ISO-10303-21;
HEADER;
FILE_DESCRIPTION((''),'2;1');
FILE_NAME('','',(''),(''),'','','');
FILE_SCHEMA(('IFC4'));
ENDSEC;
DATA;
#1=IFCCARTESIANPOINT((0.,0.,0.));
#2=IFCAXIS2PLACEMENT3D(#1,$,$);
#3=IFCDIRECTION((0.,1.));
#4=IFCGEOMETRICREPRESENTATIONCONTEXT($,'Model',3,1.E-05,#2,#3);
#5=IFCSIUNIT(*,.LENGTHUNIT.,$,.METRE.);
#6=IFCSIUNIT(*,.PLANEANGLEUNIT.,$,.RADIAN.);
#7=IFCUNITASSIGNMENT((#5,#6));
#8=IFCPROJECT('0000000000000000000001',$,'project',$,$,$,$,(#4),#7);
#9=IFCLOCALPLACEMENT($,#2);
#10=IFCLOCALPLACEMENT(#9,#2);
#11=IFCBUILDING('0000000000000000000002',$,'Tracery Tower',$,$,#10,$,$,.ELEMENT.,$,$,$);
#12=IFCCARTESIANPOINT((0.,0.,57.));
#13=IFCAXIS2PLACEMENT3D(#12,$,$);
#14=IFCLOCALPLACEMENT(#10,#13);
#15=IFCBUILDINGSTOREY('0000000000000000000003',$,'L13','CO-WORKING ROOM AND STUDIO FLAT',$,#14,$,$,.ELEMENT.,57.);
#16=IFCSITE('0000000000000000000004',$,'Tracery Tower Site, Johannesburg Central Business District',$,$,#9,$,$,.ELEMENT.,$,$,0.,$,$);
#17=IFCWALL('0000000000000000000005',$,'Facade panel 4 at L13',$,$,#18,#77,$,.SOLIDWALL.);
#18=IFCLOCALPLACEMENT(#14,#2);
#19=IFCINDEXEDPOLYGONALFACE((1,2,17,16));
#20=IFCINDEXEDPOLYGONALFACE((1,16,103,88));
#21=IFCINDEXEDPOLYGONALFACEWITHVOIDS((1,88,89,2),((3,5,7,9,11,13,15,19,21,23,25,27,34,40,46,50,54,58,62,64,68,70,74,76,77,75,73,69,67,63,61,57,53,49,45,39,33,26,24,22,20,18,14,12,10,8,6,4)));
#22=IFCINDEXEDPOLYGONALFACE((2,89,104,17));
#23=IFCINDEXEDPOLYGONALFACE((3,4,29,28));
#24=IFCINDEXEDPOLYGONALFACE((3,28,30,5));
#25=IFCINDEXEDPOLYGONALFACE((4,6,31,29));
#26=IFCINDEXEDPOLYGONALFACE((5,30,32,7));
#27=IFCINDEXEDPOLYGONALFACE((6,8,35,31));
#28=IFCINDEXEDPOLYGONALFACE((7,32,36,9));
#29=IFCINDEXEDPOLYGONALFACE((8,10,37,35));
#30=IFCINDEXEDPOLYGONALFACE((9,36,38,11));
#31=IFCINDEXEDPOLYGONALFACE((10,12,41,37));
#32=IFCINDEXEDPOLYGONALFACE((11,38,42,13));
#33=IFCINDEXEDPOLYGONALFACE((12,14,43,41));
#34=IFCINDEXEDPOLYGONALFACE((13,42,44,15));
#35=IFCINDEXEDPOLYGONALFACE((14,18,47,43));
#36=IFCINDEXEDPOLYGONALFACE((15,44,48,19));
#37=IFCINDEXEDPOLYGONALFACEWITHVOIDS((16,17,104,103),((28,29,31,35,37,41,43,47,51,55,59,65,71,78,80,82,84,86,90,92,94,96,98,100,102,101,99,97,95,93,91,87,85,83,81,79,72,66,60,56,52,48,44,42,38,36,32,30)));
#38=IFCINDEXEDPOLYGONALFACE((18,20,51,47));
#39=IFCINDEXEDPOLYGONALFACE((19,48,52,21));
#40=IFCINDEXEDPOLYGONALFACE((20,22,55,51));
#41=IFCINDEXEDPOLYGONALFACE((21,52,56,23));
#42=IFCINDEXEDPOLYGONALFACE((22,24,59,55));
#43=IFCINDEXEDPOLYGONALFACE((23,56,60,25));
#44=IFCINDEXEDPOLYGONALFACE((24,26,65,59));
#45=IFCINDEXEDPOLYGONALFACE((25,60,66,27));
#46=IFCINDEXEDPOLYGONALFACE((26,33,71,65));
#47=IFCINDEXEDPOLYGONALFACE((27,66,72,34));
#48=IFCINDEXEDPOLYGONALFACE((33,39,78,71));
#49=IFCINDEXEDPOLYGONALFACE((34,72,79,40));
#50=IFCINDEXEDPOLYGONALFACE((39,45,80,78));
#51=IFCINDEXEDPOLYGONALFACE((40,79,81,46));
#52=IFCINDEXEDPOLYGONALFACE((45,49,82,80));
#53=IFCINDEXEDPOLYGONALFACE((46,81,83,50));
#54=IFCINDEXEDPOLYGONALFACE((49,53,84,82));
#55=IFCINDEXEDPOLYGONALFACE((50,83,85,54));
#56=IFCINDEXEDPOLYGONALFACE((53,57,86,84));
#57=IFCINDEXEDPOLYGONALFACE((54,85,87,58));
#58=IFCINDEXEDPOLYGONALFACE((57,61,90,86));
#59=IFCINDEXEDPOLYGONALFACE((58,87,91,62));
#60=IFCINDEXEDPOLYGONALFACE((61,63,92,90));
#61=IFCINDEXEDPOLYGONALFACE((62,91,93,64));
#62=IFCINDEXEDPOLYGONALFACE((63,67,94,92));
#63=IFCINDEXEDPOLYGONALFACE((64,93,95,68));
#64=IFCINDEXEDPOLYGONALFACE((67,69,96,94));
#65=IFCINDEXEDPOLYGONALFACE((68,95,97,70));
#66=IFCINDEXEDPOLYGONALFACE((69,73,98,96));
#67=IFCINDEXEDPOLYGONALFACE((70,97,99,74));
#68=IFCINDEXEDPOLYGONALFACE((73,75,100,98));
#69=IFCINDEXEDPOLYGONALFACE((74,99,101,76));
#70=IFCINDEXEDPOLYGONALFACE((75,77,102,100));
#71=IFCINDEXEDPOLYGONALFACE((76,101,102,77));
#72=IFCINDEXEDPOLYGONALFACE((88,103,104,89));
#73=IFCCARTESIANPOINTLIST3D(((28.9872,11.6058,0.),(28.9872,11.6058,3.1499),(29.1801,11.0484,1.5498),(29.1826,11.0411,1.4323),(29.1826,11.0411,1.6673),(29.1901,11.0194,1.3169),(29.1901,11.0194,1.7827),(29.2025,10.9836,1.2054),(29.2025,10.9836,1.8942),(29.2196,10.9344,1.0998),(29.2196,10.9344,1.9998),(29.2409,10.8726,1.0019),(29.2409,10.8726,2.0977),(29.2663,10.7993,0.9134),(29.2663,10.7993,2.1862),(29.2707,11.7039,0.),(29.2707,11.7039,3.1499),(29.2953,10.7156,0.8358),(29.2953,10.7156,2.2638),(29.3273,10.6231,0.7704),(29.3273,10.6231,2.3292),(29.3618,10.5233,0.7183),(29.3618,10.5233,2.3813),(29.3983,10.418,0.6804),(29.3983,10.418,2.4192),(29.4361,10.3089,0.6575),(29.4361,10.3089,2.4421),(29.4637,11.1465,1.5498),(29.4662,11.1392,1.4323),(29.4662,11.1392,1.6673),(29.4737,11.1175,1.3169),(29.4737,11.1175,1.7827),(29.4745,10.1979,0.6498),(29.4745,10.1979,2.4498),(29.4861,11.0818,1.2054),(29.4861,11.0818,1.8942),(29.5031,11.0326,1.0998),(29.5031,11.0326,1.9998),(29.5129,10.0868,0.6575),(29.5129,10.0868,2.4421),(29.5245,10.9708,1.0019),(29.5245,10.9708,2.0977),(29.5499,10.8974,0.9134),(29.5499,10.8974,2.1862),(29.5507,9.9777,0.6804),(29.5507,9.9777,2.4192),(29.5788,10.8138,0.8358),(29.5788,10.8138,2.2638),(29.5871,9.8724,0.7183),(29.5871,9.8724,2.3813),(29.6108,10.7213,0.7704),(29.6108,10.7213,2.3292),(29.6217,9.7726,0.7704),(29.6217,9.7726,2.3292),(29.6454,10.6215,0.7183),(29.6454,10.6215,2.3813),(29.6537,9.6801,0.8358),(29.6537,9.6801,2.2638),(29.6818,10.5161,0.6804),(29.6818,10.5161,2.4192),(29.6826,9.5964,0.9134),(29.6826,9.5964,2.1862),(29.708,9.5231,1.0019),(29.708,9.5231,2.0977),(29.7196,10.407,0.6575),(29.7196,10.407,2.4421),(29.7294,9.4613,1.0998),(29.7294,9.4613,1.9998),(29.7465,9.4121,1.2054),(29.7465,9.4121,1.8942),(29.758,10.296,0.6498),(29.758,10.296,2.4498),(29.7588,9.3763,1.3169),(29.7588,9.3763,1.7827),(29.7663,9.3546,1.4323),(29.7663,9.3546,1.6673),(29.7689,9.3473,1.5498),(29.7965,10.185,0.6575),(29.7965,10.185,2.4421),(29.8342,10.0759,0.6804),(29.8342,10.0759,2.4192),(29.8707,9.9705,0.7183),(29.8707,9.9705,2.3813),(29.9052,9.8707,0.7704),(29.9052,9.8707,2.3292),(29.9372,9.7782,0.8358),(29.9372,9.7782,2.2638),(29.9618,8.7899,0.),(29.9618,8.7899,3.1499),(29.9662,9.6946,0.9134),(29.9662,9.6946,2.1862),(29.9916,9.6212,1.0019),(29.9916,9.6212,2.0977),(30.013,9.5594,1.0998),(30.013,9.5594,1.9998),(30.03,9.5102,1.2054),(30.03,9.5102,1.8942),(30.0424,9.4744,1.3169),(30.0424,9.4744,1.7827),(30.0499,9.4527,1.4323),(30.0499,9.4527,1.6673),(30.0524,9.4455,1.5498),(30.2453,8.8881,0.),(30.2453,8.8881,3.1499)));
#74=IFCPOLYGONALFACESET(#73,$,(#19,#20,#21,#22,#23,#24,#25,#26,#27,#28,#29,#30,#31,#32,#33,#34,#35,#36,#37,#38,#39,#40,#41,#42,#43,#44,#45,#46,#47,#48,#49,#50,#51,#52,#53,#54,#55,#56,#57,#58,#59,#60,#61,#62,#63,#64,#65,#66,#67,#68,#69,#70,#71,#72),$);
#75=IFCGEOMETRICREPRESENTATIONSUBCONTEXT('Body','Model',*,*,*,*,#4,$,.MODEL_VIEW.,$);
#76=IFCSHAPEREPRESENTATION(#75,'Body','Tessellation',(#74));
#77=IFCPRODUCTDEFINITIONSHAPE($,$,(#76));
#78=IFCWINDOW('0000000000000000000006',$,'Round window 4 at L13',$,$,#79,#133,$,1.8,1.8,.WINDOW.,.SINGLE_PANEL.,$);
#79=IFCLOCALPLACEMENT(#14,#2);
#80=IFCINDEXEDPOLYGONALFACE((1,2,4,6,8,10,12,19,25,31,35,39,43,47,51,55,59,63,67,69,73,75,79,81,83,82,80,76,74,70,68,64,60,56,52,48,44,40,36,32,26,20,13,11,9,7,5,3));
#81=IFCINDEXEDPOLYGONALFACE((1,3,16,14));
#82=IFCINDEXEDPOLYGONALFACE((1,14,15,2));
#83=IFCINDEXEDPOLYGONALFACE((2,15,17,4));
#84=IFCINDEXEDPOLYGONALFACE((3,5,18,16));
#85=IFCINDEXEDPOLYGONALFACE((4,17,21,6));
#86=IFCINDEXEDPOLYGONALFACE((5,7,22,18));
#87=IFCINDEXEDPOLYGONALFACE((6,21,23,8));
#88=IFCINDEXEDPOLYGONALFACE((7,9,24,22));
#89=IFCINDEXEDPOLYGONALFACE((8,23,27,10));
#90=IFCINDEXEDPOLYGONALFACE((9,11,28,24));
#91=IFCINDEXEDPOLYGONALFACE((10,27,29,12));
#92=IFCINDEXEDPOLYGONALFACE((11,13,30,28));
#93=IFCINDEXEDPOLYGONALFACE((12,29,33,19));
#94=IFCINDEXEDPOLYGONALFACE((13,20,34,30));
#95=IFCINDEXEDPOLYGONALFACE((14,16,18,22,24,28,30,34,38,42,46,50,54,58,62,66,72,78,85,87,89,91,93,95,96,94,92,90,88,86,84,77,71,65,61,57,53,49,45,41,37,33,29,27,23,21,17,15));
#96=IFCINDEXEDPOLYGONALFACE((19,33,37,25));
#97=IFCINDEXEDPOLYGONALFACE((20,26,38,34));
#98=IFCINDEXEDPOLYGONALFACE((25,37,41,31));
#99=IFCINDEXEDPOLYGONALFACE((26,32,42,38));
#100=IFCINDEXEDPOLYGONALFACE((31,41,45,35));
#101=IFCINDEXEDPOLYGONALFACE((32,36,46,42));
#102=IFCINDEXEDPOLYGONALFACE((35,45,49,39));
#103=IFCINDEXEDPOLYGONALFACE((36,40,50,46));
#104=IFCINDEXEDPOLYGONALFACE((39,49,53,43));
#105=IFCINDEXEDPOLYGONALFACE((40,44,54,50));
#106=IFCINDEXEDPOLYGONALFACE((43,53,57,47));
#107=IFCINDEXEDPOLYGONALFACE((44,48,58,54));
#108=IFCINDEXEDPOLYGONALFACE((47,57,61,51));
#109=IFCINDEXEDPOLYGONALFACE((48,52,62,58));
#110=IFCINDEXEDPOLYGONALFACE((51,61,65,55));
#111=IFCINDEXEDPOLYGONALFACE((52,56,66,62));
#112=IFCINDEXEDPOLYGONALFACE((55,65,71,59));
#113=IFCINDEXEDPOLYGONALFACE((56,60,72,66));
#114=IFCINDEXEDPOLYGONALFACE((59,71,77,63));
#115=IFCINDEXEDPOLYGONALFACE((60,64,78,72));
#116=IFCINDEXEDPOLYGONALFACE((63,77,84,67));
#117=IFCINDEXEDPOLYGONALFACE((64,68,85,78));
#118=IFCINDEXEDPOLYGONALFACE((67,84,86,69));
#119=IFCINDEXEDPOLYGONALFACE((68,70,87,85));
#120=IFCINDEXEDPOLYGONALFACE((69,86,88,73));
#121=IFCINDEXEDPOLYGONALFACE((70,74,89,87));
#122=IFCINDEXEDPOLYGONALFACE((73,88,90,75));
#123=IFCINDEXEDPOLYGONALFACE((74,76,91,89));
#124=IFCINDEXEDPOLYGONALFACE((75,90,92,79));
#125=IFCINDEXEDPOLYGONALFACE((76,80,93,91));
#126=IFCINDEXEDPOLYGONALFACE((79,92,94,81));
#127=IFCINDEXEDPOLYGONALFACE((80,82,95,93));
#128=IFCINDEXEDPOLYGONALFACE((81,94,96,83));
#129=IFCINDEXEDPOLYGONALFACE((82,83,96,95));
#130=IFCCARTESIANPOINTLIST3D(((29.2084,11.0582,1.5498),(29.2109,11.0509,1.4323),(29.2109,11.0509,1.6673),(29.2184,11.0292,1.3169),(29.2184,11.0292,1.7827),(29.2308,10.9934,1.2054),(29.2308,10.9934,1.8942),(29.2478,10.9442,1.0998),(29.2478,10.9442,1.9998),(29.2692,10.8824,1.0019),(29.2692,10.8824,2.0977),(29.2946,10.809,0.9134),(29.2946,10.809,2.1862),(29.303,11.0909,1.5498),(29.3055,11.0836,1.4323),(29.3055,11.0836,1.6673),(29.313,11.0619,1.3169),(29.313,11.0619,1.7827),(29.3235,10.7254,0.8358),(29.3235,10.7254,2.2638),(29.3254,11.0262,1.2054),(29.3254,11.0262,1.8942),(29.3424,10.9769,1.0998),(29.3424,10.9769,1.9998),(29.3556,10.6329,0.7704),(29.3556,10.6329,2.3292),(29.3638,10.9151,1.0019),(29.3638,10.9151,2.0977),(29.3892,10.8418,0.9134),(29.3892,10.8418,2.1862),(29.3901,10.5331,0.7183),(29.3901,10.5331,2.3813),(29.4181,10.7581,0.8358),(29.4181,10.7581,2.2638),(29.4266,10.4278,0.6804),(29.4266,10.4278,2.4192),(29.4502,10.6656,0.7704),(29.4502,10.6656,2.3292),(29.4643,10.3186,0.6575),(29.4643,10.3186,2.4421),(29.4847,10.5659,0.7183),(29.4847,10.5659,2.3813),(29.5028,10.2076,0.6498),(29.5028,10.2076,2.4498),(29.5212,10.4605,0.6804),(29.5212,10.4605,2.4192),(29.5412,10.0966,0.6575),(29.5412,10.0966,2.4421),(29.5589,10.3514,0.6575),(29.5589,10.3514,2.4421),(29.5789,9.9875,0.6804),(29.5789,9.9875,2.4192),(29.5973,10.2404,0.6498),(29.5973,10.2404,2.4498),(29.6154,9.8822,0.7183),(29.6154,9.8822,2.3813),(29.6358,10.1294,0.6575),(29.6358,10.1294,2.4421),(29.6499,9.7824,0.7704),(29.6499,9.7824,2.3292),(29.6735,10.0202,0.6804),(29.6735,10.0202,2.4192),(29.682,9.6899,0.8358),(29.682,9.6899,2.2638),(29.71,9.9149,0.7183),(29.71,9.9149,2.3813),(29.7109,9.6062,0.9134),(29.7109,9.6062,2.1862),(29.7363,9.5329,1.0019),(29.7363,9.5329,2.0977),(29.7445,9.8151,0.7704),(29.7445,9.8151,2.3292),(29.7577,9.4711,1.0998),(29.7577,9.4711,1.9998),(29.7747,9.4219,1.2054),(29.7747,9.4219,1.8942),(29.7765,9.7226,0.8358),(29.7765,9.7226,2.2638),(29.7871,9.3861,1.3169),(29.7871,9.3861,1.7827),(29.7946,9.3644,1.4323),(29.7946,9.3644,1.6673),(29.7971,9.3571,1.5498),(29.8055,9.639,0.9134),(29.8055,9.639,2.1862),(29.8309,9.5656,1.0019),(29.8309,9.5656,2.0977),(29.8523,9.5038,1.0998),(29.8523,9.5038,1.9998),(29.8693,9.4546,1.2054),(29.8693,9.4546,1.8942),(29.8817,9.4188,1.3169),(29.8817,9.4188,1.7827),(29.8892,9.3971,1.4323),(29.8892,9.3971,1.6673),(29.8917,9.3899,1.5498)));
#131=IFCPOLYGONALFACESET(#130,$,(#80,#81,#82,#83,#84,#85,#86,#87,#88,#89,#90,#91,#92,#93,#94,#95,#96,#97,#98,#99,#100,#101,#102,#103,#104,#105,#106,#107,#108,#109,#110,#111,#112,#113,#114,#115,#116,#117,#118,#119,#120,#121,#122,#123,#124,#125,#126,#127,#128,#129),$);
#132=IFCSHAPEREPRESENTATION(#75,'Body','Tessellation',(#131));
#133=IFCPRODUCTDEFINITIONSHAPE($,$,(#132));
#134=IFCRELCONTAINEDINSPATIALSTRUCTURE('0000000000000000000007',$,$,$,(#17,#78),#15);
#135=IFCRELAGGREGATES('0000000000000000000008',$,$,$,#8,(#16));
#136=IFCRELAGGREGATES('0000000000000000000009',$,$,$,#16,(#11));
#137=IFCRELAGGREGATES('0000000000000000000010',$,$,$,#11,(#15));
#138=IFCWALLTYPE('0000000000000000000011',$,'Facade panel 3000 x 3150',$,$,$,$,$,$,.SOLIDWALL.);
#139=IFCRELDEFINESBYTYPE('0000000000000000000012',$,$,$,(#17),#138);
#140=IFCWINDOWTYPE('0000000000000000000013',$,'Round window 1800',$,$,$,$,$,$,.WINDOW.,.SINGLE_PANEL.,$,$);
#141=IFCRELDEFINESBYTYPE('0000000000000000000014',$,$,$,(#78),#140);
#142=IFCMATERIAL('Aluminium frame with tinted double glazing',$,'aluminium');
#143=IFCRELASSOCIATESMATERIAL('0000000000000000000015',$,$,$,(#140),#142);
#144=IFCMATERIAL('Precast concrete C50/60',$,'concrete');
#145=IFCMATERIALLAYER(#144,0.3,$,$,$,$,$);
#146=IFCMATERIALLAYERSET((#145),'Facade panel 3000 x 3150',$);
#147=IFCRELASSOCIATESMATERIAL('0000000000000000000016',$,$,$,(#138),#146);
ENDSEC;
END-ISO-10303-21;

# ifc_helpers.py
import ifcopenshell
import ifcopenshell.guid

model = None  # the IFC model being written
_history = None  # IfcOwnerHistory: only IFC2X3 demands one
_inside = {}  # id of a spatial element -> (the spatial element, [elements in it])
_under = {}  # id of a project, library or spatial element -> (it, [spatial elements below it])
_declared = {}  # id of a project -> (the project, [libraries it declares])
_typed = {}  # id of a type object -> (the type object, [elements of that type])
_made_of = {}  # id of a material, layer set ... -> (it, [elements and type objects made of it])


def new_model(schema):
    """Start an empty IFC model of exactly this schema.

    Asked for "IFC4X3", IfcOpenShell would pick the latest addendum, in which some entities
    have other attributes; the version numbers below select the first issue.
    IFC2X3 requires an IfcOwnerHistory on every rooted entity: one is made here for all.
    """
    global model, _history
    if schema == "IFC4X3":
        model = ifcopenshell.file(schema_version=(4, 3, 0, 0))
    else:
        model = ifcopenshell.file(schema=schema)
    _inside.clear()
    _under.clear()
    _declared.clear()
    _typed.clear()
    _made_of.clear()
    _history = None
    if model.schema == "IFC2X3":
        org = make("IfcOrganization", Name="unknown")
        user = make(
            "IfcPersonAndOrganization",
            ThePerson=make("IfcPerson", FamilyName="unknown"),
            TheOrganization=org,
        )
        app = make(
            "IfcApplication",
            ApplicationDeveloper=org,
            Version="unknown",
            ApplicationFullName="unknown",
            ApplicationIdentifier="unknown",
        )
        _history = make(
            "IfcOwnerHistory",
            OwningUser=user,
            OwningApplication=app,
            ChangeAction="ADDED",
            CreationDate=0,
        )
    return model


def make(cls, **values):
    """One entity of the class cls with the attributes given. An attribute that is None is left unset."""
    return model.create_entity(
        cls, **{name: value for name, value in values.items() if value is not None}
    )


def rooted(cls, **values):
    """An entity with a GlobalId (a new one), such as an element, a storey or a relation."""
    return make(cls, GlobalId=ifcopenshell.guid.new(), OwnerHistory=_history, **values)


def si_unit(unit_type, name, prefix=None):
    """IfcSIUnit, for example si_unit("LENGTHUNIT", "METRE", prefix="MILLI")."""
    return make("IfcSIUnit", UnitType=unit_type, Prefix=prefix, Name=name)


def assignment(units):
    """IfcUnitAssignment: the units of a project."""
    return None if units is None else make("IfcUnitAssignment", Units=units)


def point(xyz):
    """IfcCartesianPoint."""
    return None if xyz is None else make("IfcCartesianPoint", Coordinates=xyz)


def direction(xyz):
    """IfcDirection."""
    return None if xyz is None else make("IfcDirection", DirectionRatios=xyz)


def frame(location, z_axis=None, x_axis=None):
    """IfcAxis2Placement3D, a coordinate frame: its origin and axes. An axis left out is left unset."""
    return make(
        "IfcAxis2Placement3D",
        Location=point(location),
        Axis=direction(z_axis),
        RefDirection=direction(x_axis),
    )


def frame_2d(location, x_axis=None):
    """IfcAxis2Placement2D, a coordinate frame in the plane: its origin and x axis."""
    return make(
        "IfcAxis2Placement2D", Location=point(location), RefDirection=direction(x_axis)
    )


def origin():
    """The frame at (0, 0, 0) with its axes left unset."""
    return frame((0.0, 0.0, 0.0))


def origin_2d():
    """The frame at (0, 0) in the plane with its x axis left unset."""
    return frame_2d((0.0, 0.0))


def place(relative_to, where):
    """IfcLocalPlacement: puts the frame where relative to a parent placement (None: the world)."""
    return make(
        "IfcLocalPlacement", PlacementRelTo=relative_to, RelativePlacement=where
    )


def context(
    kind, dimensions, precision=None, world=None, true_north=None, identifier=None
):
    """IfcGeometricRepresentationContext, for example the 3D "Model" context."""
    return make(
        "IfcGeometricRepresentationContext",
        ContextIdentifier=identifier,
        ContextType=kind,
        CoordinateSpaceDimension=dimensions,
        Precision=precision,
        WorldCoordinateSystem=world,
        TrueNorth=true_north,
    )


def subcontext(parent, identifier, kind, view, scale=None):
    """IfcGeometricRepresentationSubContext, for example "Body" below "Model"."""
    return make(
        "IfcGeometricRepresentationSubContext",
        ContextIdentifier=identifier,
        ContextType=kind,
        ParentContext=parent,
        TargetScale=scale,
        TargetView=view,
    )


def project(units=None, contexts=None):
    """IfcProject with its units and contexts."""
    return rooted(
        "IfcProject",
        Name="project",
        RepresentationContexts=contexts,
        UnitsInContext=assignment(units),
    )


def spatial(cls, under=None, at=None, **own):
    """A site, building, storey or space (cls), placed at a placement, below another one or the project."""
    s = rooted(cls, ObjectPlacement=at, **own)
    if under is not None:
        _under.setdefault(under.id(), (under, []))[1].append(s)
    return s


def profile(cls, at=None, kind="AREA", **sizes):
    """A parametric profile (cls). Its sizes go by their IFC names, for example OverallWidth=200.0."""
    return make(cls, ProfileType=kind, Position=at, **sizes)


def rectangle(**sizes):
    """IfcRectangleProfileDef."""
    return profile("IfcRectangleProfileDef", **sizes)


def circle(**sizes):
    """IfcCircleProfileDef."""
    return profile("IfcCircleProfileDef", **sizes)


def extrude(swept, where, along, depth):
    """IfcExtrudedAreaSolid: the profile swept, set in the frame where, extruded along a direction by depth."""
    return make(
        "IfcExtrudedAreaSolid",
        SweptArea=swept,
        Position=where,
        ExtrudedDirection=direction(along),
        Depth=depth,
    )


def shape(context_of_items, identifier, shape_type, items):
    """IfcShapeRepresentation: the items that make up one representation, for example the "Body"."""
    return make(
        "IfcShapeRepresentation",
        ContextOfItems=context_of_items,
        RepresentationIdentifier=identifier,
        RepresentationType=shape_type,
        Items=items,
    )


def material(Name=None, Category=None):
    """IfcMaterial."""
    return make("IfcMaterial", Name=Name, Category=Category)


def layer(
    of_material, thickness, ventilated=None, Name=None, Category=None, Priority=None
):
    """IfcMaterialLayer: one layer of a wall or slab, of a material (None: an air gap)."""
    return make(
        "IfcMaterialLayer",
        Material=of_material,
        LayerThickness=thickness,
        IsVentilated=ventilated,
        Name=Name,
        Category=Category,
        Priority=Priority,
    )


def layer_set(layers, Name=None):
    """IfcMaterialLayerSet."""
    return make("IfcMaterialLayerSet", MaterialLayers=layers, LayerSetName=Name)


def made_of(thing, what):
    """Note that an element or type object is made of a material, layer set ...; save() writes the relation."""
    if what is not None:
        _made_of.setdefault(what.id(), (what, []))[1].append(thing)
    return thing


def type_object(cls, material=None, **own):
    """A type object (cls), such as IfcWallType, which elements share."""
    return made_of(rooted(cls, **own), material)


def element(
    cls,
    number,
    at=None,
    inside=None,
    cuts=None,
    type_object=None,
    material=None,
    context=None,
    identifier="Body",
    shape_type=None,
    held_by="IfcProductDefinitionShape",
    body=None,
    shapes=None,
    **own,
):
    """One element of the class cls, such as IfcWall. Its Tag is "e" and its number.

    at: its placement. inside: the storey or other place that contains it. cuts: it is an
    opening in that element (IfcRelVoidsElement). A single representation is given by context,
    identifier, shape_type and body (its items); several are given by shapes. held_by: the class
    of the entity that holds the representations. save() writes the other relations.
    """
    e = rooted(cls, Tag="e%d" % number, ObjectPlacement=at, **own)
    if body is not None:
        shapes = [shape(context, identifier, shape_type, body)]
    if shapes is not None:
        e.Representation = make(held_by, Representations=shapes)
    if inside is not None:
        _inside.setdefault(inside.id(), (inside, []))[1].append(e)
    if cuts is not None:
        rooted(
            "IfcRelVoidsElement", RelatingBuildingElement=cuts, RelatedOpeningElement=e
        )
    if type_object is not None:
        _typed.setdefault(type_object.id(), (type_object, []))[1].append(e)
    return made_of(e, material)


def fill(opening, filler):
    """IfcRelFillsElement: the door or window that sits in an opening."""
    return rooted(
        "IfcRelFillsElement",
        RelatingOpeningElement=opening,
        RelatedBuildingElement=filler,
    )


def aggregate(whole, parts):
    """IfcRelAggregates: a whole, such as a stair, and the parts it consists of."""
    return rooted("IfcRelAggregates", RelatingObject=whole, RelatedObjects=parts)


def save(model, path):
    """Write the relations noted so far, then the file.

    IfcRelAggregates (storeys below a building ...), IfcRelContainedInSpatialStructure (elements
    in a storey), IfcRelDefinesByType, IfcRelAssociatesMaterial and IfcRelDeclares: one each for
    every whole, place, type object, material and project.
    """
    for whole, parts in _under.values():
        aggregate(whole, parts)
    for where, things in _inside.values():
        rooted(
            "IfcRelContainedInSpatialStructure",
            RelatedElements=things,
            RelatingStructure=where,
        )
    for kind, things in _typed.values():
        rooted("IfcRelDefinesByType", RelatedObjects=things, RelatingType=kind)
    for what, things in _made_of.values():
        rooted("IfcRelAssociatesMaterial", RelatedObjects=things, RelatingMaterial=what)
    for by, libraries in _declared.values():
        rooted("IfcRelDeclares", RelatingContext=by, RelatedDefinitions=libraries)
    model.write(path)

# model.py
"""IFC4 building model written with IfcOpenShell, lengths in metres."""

from ifc_helpers import new_model, si_unit, direction, frame, frame_2d, origin, origin_2d, place, context, subcontext, project, spatial, rectangle, circle, extrude, material, layer, layer_set, type_object, element, fill, save


model = new_model("IFC4")

# Units and contexts
model_context = context("Model", 3, precision=1e-05, world=origin(), true_north=direction((0.0, 1.0)))
body_context = subcontext(model_context, "Body", "Model", "MODEL_VIEW")
ifc_project = project(units=[si_unit("LENGTHUNIT", "METRE"), si_unit("PLANEANGLEUNIT", "RADIAN")], contexts=[model_context])

# Site, building, storey
site_placement = place(None, origin())
site = spatial("IfcSite", under=ifc_project, at=site_placement, Name="Tracery Tower Site, Johannesburg Central Business District", CompositionType="ELEMENT", RefElevation=0.0)
building_placement = place(site_placement, origin())
building = spatial("IfcBuilding", under=site, at=building_placement, Name="Tracery Tower", CompositionType="ELEMENT")
storey_placement = place(building_placement, frame((0.0, 0.0, 57.0)))
storey = spatial("IfcBuildingStorey", under=building, at=storey_placement, Name="L13", Description="CO-WORKING ROOM AND STUDIO FLAT", CompositionType="ELEMENT", Elevation=57.0)

# Wall, opening, window
ifc_material_1 = material(Name="Aluminium frame with tinted double glazing", Category="aluminium")
window_type = type_object("IfcWindowType", Name="Round window 1800", PartitioningType="SINGLE_PANEL", PredefinedType="WINDOW", material=ifc_material_1)
ifc_material_2 = material(Name="Precast concrete C50/60", Category="concrete")
ifc_layer_1 = layer(ifc_material_2, 0.3)
ifc_layer_set_1 = layer_set([ifc_layer_1], Name="Facade panel 3000 x 3150")
wall_type_1 = type_object("IfcWallType", Name="Facade panel 3000 x 3150", PredefinedType="SOLIDWALL", material=ifc_layer_set_1)
wall_1_placement = place(storey_placement, frame((30.1035, 8.8391, 0.0), z_axis=(0.0, 0.0, 1.0), x_axis=(-0.327071, 0.945, 0.0)))
wall_1 = element("IfcWall", 1, at=wall_1_placement, inside=storey, type_object=wall_type_1, Name="Facade panel 4 at L13", PredefinedType="SOLIDWALL", context=body_context, shape_type="SweptSolid", body=[
    extrude(rectangle(XDim=2.9797, YDim=0.3, at=frame_2d((1.4897, 0.0))), origin(), (0.0, 0.0, 1.0), 3.1499),
])
opening_1_placement = place(wall_1_placement, frame((1.4897, 0.0, 1.5498)))
opening_1 = element("IfcOpeningElement", 2, at=opening_1_placement, cuts=wall_1, PredefinedType="OPENING", context=body_context, shape_type="SweptSolid", body=[
    extrude(circle(Radius=0.9, at=origin_2d()), frame((0.0, 0.1599, 0.0), z_axis=(0.0, -1.0, 0.0), x_axis=(1.0, 0.0, 0.0)), (0.0, 0.0, 1.0), 0.3201),
])
window_1_placement = place(opening_1_placement, origin())
window_1 = element("IfcWindow", 3, at=window_1_placement, inside=storey, type_object=window_type, Name="Round window 4 at L13", OverallHeight=1.8, OverallWidth=1.8, PartitioningType="SINGLE_PANEL", PredefinedType="WINDOW", context=body_context, shape_type="SweptSolid", body=[
    extrude(circle(Radius=0.9, at=origin_2d()), frame((0.0, 0.1201, 0.0), z_axis=(0.0, -1.0, 0.0), x_axis=(1.0, 0.0, 0.0)), (0.0, 0.0, 1.0), 0.1001),
])
fill(opening_1, window_1)

save(model, "model.ifc")
